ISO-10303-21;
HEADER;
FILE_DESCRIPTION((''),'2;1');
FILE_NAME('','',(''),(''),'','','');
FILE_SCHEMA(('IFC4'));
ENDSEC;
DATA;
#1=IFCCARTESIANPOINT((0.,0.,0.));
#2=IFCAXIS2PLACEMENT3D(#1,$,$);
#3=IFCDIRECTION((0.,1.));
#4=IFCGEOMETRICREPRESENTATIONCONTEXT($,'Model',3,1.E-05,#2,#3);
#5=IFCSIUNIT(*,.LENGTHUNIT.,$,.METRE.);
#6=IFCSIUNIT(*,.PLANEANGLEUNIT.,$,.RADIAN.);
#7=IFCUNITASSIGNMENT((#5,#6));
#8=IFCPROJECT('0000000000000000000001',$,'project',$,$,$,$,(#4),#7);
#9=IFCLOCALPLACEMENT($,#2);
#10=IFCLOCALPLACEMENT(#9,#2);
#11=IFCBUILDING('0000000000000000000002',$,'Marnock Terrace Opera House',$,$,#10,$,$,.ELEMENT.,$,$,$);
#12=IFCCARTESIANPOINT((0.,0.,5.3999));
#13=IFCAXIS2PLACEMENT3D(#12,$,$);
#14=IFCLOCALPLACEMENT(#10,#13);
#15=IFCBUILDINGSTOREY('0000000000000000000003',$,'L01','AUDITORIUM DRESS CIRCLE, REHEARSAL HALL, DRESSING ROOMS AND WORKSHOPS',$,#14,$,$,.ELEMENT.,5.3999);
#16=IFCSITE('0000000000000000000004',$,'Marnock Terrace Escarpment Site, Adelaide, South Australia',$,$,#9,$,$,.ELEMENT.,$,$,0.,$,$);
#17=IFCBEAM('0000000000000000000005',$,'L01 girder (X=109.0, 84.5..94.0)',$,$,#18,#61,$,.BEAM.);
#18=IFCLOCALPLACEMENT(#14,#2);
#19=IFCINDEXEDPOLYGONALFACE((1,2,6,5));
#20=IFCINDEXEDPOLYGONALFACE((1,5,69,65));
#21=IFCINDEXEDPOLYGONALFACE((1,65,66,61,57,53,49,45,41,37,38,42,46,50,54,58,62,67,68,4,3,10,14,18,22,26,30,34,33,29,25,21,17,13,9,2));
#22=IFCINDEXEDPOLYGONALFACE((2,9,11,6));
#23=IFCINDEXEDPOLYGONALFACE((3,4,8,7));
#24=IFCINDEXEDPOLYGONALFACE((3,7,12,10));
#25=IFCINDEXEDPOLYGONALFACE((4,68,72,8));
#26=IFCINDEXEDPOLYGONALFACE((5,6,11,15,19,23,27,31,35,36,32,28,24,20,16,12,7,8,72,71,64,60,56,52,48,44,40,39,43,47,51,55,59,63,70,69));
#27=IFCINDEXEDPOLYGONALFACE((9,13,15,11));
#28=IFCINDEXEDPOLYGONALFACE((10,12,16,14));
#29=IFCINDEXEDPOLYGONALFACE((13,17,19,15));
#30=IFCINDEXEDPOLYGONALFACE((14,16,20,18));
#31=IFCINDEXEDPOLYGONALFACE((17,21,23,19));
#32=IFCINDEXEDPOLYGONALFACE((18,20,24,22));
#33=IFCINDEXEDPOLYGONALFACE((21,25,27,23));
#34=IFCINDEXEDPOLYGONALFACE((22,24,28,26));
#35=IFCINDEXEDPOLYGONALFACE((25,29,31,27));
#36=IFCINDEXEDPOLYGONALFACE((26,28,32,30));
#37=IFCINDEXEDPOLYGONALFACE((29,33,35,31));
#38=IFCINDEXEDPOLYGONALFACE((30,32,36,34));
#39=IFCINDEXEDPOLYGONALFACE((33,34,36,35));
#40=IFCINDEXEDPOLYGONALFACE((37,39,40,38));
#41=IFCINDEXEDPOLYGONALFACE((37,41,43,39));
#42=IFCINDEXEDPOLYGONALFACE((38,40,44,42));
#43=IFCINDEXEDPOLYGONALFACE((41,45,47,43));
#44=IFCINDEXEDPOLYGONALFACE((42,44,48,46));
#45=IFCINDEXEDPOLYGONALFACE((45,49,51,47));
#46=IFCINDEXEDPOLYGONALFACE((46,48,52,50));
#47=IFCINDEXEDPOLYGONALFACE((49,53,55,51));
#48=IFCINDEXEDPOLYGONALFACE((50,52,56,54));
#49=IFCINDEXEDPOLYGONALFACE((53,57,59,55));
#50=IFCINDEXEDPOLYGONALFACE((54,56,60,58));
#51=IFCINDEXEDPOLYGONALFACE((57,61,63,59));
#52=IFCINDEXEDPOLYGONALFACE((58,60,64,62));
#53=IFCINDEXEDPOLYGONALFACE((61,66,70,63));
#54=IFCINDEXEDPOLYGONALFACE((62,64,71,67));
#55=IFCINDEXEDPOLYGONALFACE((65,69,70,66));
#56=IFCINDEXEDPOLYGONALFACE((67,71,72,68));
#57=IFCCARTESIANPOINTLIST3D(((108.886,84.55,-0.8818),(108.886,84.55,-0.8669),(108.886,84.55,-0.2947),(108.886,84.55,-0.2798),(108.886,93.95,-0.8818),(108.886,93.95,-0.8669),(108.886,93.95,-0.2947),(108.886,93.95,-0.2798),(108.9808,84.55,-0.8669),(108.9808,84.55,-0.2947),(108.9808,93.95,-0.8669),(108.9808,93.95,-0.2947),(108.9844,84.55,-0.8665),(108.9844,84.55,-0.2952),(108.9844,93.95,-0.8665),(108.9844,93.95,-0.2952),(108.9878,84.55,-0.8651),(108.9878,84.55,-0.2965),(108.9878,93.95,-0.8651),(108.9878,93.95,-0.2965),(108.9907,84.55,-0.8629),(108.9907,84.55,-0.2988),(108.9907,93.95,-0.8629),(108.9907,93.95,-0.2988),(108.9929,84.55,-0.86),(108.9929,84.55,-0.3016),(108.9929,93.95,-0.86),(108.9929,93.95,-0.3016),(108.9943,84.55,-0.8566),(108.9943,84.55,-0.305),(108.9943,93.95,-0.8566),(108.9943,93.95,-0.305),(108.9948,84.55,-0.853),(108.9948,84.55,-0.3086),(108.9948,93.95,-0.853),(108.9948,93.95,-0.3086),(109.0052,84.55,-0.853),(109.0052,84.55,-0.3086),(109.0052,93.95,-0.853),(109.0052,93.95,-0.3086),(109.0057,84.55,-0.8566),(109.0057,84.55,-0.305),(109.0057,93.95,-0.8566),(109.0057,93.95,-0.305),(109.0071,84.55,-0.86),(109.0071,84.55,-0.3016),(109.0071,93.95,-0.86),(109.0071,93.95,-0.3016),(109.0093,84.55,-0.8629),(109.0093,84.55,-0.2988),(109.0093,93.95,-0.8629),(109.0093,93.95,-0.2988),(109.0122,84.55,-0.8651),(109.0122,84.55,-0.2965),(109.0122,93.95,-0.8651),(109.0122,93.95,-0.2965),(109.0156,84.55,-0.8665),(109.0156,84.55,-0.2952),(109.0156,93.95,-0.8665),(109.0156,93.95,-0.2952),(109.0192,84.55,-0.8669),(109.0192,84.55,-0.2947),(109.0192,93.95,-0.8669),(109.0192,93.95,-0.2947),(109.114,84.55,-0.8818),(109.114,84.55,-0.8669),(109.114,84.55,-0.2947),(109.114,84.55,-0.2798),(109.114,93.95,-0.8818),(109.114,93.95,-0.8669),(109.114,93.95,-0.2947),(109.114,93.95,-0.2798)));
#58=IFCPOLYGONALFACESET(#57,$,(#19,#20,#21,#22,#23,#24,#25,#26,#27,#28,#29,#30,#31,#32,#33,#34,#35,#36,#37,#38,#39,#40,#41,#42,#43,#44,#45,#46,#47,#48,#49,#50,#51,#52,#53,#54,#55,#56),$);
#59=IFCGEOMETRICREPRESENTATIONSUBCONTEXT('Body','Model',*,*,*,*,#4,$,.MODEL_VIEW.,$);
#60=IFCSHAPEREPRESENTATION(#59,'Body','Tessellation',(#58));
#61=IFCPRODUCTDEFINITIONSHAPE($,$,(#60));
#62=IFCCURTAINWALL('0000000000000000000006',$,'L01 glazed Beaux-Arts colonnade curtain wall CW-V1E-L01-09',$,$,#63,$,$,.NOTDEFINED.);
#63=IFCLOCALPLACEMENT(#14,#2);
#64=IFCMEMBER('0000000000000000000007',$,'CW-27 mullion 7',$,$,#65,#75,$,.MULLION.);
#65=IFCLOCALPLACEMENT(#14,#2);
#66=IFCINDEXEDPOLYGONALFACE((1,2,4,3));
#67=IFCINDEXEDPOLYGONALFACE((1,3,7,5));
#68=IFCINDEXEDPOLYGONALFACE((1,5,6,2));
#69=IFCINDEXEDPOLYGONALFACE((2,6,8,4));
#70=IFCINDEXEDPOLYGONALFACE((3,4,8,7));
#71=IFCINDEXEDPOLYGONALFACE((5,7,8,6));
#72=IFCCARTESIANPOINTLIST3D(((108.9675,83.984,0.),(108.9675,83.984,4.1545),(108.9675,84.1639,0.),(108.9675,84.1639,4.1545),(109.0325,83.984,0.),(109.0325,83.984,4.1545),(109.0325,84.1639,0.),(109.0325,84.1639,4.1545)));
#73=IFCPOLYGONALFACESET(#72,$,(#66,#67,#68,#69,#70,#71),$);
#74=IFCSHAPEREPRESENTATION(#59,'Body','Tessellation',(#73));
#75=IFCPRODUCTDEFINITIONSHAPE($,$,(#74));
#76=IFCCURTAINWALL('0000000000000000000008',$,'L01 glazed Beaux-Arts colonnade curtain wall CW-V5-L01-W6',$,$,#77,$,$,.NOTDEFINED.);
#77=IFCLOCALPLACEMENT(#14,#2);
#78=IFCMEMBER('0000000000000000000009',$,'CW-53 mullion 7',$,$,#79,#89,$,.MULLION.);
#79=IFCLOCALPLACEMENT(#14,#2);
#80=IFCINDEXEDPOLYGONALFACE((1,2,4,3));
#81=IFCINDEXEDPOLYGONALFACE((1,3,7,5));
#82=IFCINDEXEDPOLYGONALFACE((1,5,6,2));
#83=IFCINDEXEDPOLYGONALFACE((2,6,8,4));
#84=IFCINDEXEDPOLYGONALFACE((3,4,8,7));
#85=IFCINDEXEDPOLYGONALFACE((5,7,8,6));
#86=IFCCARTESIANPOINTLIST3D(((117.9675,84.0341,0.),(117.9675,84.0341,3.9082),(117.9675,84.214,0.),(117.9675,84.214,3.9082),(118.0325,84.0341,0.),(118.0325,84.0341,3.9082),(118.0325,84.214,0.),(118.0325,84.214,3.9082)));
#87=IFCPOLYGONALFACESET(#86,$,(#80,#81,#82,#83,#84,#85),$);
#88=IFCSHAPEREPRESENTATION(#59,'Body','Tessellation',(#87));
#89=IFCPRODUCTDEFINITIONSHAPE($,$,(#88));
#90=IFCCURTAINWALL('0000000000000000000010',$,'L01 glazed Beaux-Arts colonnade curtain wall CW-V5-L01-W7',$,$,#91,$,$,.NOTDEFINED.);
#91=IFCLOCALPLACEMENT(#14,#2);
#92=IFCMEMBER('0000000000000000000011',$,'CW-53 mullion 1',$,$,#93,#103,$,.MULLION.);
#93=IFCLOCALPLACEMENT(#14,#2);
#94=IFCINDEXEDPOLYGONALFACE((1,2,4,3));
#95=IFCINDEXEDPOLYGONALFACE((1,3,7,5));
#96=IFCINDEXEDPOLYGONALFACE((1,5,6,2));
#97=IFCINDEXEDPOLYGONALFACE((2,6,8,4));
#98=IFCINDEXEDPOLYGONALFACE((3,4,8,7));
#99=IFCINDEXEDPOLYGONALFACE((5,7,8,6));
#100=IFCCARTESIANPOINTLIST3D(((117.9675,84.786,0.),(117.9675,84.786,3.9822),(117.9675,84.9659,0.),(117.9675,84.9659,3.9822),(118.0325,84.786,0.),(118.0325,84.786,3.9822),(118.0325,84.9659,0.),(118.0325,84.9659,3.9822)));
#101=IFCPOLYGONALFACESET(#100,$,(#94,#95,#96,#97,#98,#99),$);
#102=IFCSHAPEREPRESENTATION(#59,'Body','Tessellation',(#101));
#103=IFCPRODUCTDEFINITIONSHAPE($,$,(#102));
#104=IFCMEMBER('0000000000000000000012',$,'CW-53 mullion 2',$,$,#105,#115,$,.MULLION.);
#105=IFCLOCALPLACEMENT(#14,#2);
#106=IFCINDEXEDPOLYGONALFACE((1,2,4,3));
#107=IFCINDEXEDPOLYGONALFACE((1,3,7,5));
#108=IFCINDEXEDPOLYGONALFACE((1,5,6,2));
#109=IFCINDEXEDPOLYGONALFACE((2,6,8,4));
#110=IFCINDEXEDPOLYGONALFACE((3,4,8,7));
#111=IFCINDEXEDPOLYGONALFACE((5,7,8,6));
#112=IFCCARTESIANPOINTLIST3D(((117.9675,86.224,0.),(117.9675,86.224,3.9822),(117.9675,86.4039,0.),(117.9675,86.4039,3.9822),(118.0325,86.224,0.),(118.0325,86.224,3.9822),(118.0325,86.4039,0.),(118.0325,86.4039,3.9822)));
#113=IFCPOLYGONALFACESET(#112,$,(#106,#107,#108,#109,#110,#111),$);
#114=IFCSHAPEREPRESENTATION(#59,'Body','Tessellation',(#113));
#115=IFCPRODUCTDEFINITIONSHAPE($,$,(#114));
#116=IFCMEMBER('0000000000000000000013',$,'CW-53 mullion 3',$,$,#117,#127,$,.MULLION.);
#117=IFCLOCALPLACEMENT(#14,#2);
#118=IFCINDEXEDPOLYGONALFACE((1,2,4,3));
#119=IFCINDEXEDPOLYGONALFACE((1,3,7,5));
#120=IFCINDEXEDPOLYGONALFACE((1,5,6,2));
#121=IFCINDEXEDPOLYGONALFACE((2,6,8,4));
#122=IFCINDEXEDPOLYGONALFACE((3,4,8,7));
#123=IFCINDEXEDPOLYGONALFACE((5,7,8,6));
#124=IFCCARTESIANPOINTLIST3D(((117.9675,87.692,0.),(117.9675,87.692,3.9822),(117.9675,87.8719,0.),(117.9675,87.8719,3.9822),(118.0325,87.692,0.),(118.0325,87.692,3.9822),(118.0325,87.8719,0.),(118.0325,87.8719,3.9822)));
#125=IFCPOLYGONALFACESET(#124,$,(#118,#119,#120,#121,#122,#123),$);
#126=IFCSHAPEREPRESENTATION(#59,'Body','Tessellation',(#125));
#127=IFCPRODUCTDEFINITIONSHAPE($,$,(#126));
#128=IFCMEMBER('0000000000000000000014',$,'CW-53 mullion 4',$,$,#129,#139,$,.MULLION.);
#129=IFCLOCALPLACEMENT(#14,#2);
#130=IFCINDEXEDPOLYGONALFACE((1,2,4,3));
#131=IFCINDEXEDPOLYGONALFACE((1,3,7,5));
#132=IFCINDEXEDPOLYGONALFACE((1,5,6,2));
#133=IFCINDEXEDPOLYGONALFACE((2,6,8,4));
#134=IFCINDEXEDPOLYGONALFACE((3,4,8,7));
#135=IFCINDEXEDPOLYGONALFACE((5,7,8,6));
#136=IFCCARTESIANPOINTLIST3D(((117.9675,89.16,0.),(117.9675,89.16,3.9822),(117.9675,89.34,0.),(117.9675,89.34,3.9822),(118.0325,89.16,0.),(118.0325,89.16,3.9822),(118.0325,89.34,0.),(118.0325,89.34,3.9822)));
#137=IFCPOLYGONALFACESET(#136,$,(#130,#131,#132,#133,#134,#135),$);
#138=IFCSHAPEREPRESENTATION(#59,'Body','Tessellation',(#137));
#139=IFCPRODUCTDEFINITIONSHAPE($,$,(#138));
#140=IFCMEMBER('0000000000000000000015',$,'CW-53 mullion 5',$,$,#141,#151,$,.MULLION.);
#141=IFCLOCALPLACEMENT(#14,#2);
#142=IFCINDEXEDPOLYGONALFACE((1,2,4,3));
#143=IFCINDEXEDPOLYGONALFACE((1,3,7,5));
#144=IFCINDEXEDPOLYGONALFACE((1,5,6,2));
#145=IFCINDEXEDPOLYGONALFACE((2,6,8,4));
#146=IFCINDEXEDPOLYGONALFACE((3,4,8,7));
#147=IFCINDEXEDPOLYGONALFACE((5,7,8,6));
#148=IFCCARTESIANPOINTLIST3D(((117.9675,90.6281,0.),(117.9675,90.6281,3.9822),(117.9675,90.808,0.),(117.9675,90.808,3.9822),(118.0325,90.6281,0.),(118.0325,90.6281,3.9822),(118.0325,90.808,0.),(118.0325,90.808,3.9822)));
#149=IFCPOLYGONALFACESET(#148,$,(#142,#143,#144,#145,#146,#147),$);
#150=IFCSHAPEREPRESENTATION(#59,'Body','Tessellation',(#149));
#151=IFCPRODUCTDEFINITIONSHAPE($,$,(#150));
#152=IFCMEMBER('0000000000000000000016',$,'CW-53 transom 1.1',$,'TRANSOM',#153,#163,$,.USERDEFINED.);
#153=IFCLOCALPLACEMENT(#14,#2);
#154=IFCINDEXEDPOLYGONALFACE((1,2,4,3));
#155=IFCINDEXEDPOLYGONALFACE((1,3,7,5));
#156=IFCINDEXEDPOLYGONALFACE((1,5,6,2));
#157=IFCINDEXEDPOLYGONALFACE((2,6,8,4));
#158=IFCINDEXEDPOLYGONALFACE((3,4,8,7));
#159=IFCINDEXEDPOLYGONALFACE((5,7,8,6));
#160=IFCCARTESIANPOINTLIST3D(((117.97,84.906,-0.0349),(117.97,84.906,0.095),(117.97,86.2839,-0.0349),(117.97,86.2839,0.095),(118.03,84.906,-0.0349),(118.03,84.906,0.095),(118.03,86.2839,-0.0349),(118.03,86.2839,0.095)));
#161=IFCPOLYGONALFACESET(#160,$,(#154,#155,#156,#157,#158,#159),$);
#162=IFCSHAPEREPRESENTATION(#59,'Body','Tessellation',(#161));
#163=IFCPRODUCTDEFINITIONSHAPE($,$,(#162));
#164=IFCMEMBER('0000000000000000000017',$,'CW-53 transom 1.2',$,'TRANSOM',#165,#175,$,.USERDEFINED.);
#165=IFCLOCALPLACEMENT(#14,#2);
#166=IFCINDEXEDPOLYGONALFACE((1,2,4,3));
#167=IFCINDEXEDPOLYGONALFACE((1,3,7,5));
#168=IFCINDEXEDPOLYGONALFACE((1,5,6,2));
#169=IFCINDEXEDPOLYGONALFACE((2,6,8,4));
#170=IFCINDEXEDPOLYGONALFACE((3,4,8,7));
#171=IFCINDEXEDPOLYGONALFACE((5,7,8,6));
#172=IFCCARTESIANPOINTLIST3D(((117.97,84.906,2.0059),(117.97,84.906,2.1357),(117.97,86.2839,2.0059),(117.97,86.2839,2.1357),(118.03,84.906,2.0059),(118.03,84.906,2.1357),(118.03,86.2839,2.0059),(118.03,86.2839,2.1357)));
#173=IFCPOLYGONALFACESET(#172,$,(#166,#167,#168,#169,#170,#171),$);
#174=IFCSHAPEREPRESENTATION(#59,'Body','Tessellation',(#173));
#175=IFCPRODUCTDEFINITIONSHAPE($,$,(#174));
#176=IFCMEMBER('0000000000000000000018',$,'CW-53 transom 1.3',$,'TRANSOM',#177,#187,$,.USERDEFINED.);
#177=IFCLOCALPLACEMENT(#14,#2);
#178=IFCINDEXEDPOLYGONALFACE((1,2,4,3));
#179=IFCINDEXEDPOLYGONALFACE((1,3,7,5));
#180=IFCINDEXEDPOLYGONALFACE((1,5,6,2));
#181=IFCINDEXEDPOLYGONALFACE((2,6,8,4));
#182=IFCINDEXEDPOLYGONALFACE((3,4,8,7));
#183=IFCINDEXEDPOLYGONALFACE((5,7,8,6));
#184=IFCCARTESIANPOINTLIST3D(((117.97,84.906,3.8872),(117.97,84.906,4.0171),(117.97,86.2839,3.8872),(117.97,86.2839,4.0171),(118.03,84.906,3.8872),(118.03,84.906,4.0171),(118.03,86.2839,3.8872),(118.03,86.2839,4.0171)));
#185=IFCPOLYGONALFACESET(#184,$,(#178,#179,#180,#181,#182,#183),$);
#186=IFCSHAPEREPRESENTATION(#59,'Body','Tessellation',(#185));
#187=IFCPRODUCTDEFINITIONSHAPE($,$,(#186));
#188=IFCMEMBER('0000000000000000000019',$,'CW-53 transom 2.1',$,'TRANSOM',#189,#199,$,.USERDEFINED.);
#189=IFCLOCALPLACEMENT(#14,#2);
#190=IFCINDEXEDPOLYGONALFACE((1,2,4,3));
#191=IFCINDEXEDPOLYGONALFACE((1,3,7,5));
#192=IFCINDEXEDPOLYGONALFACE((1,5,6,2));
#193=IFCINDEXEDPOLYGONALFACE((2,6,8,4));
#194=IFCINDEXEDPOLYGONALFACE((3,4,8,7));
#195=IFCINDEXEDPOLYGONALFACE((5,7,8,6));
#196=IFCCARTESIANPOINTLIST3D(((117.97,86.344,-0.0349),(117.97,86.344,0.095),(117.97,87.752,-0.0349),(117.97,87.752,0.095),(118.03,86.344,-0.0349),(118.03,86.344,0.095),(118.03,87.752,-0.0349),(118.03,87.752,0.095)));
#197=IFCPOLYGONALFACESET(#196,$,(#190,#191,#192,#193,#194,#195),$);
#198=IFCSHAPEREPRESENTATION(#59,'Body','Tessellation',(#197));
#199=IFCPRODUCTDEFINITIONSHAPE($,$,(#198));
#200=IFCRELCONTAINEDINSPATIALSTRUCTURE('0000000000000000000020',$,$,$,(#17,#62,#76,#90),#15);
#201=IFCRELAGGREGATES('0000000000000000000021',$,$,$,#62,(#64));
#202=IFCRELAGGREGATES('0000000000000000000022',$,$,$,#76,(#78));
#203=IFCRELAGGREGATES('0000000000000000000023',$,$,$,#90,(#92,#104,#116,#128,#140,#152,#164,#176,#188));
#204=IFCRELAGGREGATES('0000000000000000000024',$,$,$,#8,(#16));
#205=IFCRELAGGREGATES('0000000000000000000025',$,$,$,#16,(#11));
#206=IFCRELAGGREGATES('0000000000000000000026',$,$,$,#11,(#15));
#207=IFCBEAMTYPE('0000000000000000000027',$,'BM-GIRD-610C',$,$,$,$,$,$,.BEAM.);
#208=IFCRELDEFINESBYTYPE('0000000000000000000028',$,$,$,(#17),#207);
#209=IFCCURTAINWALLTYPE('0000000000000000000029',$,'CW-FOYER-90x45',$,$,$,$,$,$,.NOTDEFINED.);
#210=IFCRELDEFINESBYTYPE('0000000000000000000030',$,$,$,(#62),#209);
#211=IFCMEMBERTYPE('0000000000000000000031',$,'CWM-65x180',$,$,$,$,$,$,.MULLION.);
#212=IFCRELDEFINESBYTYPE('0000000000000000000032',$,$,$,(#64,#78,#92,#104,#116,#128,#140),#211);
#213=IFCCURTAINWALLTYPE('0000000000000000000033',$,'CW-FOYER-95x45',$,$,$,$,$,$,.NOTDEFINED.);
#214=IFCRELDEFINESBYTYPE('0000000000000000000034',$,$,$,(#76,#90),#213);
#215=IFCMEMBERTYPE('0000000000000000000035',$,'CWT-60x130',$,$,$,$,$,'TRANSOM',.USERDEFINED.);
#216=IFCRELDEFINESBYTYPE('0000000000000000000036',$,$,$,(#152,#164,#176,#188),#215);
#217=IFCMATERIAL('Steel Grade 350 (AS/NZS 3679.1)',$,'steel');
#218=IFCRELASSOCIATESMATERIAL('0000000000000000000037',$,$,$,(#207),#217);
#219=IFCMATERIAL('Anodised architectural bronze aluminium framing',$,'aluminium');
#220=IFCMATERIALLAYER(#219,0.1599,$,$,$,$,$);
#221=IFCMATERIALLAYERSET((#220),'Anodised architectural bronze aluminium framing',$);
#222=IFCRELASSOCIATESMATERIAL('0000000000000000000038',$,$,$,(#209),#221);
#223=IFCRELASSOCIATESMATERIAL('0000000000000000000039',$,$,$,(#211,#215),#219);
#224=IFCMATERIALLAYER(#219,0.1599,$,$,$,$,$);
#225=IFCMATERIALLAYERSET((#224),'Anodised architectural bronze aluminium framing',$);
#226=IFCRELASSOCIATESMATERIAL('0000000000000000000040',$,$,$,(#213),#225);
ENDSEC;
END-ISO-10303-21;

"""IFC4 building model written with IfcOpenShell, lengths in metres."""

from ifc_helpers import new_model, si_unit, direction, frame, origin, origin_2d, place, context, subcontext, project, spatial, rectangle, i_section, extrude, material, layer, layer_set, material_profile, profile_set, type_object, element, aggregate, save


model = new_model("IFC4")

# Units and contexts
model_context = context("Model", 3, precision=1e-05, world=origin(), true_north=direction((0.0, 1.0)))
body_context = subcontext(model_context, "Body", "Model", "MODEL_VIEW")
ifc_project = project(units=[si_unit("LENGTHUNIT", "METRE"), si_unit("PLANEANGLEUNIT", "RADIAN")], contexts=[model_context])

# Site, building, storey
site_placement = place(None, origin())
site = spatial("IfcSite", under=ifc_project, at=site_placement, Name="Marnock Terrace Escarpment Site, Adelaide, South Australia", CompositionType="ELEMENT", RefElevation=0.0)
building_placement = place(site_placement, origin())
building = spatial("IfcBuilding", under=site, at=building_placement, Name="Marnock Terrace Opera House", CompositionType="ELEMENT")
storey_placement = place(building_placement, frame((0.0, 0.0, 5.3999)))
storey = spatial("IfcBuildingStorey", under=building, at=storey_placement, Name="L01", Description="AUDITORIUM DRESS CIRCLE, REHEARSAL HALL, DRESSING ROOMS AND WORKSHOPS", CompositionType="ELEMENT", Elevation=5.3999)

# Beam
ifc_material_1 = material(Name="Steel Grade 350 (AS/NZS 3679.1)", Category="steel")
ifc_material_profile_1 = material_profile(ifc_material_1, i_section(OverallWidth=0.228, OverallDepth=0.6021, WebThickness=0.0105, FlangeThickness=0.0149, FilletRadius=0.0139, at=origin_2d()))
ifc_profile_set_1 = profile_set([ifc_material_profile_1], Name="Steel Grade 350 (AS/NZS 3679.1)")
beam_type_1 = type_object("IfcBeamType", Name="BM-GIRD-610C", PredefinedType="BEAM", material=ifc_profile_set_1)
beam_1_placement = place(storey_placement, frame((109.0, 84.55, -0.5808), z_axis=(0.0, 1.0, 0.0), x_axis=(-1.0, 0.0, 0.0)))
element("IfcBeam", 1, at=beam_1_placement, inside=storey, type_object=beam_type_1, Name="L01 girder (X=109.0, 84.5..94.0)", PredefinedType="BEAM", context=body_context, shape_type="SweptSolid", body=[
    extrude(i_section(OverallWidth=0.228, OverallDepth=0.6021, WebThickness=0.0105, FlangeThickness=0.0149, FilletRadius=0.0139, at=origin_2d()), origin(), (0.0, 0.0, 1.0), 9.3999),
])

# Curtain walls, members
ifc_material_2 = material(Name="Anodised architectural bronze aluminium framing", Category="aluminium")
ifc_layer_1 = layer(ifc_material_2, 0.1599)
ifc_layer_set_1 = layer_set([ifc_layer_1], Name="Anodised architectural bronze aluminium framing")
curtain_wall_type_1 = type_object("IfcCurtainWallType", Name="CW-FOYER-90x45", PredefinedType="NOTDEFINED", material=ifc_layer_set_1)
curtain_wall_1_placement = place(storey_placement, origin())
curtain_wall_1 = element("IfcCurtainWall", 2, at=curtain_wall_1_placement, inside=storey, type_object=curtain_wall_type_1, Name="L01 glazed Beaux-Arts colonnade curtain wall CW-V1E-L01-09", PredefinedType="NOTDEFINED")
ifc_material_profile_2 = material_profile(ifc_material_2, rectangle(XDim=0.0649, YDim=0.1799, at=origin_2d()))
ifc_profile_set_2 = profile_set([ifc_material_profile_2], Name="Anodised architectural bronze aluminium framing")
member_type_1 = type_object("IfcMemberType", Name="CWM-65x180", PredefinedType="MULLION", material=ifc_profile_set_2)
member_1_placement = place(storey_placement, frame((109.0, 84.074, 0.0), z_axis=(0.0, 0.0, 1.0), x_axis=(-1.0, 0.0, 0.0)))
member_1 = element("IfcMember", 3, at=member_1_placement, type_object=member_type_1, Name="CW-27 mullion 7", PredefinedType="MULLION", context=body_context, shape_type="SweptSolid", body=[
    extrude(rectangle(XDim=0.0649, YDim=0.1799, at=origin_2d()), origin(), (0.0, 0.0, 1.0), 4.1545),
])
aggregate(curtain_wall_1, [member_1])
ifc_layer_2 = layer(ifc_material_2, 0.1599)
ifc_layer_set_2 = layer_set([ifc_layer_2], Name="Anodised architectural bronze aluminium framing")
curtain_wall_type_2 = type_object("IfcCurtainWallType", Name="CW-FOYER-95x45", PredefinedType="NOTDEFINED", material=ifc_layer_set_2)
curtain_wall_2_placement = place(storey_placement, origin())
curtain_wall_2 = element("IfcCurtainWall", 4, at=curtain_wall_2_placement, inside=storey, type_object=curtain_wall_type_2, Name="L01 glazed Beaux-Arts colonnade curtain wall CW-V5-L01-W6", PredefinedType="NOTDEFINED")
member_2_placement = place(storey_placement, frame((118.0, 84.124, 0.0), z_axis=(0.0, 0.0, 1.0), x_axis=(-1.0, 0.0, 0.0)))
member_2 = element("IfcMember", 5, at=member_2_placement, type_object=member_type_1, Name="CW-53 mullion 7", PredefinedType="MULLION", context=body_context, shape_type="SweptSolid", body=[
    extrude(rectangle(XDim=0.0649, YDim=0.1799, at=origin_2d()), origin(), (0.0, 0.0, 1.0), 3.9082),
])

# Curtain wall, members
curtain_wall_3_placement = place(storey_placement, origin())
curtain_wall_3 = element("IfcCurtainWall", 6, at=curtain_wall_3_placement, inside=storey, type_object=curtain_wall_type_2, Name="L01 glazed Beaux-Arts colonnade curtain wall CW-V5-L01-W7", PredefinedType="NOTDEFINED")
member_3_placement = place(storey_placement, frame((118.0, 84.876, 0.0), z_axis=(0.0, 0.0, 1.0), x_axis=(-1.0, 0.0, 0.0)))
member_3 = element("IfcMember", 7, at=member_3_placement, type_object=member_type_1, Name="CW-53 mullion 1", PredefinedType="MULLION", context=body_context, shape_type="SweptSolid", body=[
    extrude(rectangle(XDim=0.0649, YDim=0.1799, at=origin_2d()), origin(), (0.0, 0.0, 1.0), 3.9822),
])
member_4_placement = place(storey_placement, frame((118.0, 86.314, 0.0), z_axis=(0.0, 0.0, 1.0), x_axis=(-1.0, 0.0, 0.0)))
member_4 = element("IfcMember", 8, at=member_4_placement, type_object=member_type_1, Name="CW-53 mullion 2", PredefinedType="MULLION", context=body_context, shape_type="SweptSolid", body=[
    extrude(rectangle(XDim=0.0649, YDim=0.1799, at=origin_2d()), origin(), (0.0, 0.0, 1.0), 3.9822),
])
member_5_placement = place(storey_placement, frame((118.0, 87.782, 0.0), z_axis=(0.0, 0.0, 1.0), x_axis=(-1.0, 0.0, 0.0)))
member_5 = element("IfcMember", 9, at=member_5_placement, type_object=member_type_1, Name="CW-53 mullion 3", PredefinedType="MULLION", context=body_context, shape_type="SweptSolid", body=[
    extrude(rectangle(XDim=0.0649, YDim=0.1799, at=origin_2d()), origin(), (0.0, 0.0, 1.0), 3.9822),
])
member_6_placement = place(storey_placement, frame((118.0, 89.25, 0.0), z_axis=(0.0, 0.0, 1.0), x_axis=(-1.0, 0.0, 0.0)))
member_6 = element("IfcMember", 10, at=member_6_placement, type_object=member_type_1, Name="CW-53 mullion 4", PredefinedType="MULLION", context=body_context, shape_type="SweptSolid", body=[
    extrude(rectangle(XDim=0.0649, YDim=0.1799, at=origin_2d()), origin(), (0.0, 0.0, 1.0), 3.9822),
])
member_7_placement = place(storey_placement, frame((118.0, 90.718, 0.0), z_axis=(0.0, 0.0, 1.0), x_axis=(-1.0, 0.0, 0.0)))
member_7 = element("IfcMember", 11, at=member_7_placement, type_object=member_type_1, Name="CW-53 mullion 5", PredefinedType="MULLION", context=body_context, shape_type="SweptSolid", body=[
    extrude(rectangle(XDim=0.0649, YDim=0.1799, at=origin_2d()), origin(), (0.0, 0.0, 1.0), 3.9822),
])
ifc_material_profile_3 = material_profile(ifc_material_2, rectangle(XDim=0.0601, YDim=0.1299, at=origin_2d()))
ifc_profile_set_3 = profile_set([ifc_material_profile_3], Name="Anodised architectural bronze aluminium framing")
member_type_2 = type_object("IfcMemberType", Name="CWT-60x130", ElementType="TRANSOM", PredefinedType="USERDEFINED", material=ifc_profile_set_3)
member_8_placement = place(storey_placement, frame((118.0, 84.906, 0.03), z_axis=(0.0, 1.0, 0.0), x_axis=(-1.0, 0.0, 0.0)))
member_8 = element("IfcMember", 12, at=member_8_placement, type_object=member_type_2, Name="CW-53 transom 1.1", ObjectType="TRANSOM", PredefinedType="USERDEFINED", context=body_context, shape_type="SweptSolid", body=[
    extrude(rectangle(XDim=0.0601, YDim=0.1299, at=origin_2d()), origin(), (0.0, 0.0, 1.0), 1.3779),
])
member_9_placement = place(storey_placement, frame((118.0, 84.906, 2.0708), z_axis=(0.0, 1.0, 0.0), x_axis=(-1.0, 0.0, 0.0)))
member_9 = element("IfcMember", 13, at=member_9_placement, type_object=member_type_2, Name="CW-53 transom 1.2", ObjectType="TRANSOM", PredefinedType="USERDEFINED", context=body_context, shape_type="SweptSolid", body=[
    extrude(rectangle(XDim=0.0601, YDim=0.1299, at=origin_2d()), origin(), (0.0, 0.0, 1.0), 1.3779),
])
member_10_placement = place(storey_placement, frame((118.0, 84.906, 3.9521), z_axis=(0.0, 1.0, 0.0), x_axis=(-1.0, 0.0, 0.0)))
member_10 = element("IfcMember", 14, at=member_10_placement, type_object=member_type_2, Name="CW-53 transom 1.3", ObjectType="TRANSOM", PredefinedType="USERDEFINED", context=body_context, shape_type="SweptSolid", body=[
    extrude(rectangle(XDim=0.0601, YDim=0.1299, at=origin_2d()), origin(), (0.0, 0.0, 1.0), 1.3779),
])
member_11_placement = place(storey_placement, frame((118.0, 86.344, 0.03), z_axis=(0.0, 1.0, 0.0), x_axis=(-1.0, 0.0, 0.0)))
member_11 = element("IfcMember", 15, at=member_11_placement, type_object=member_type_2, Name="CW-53 transom 2.1", ObjectType="TRANSOM", PredefinedType="USERDEFINED", context=body_context, shape_type="SweptSolid", body=[
    extrude(rectangle(XDim=0.0601, YDim=0.1299, at=origin_2d()), origin(), (0.0, 0.0, 1.0), 1.408),
])

aggregate(curtain_wall_2, [member_2])
aggregate(curtain_wall_3, [member_3, member_4, member_5, member_6, member_7, member_8, member_9, member_10, member_11])

save(model, "model.ifc")
